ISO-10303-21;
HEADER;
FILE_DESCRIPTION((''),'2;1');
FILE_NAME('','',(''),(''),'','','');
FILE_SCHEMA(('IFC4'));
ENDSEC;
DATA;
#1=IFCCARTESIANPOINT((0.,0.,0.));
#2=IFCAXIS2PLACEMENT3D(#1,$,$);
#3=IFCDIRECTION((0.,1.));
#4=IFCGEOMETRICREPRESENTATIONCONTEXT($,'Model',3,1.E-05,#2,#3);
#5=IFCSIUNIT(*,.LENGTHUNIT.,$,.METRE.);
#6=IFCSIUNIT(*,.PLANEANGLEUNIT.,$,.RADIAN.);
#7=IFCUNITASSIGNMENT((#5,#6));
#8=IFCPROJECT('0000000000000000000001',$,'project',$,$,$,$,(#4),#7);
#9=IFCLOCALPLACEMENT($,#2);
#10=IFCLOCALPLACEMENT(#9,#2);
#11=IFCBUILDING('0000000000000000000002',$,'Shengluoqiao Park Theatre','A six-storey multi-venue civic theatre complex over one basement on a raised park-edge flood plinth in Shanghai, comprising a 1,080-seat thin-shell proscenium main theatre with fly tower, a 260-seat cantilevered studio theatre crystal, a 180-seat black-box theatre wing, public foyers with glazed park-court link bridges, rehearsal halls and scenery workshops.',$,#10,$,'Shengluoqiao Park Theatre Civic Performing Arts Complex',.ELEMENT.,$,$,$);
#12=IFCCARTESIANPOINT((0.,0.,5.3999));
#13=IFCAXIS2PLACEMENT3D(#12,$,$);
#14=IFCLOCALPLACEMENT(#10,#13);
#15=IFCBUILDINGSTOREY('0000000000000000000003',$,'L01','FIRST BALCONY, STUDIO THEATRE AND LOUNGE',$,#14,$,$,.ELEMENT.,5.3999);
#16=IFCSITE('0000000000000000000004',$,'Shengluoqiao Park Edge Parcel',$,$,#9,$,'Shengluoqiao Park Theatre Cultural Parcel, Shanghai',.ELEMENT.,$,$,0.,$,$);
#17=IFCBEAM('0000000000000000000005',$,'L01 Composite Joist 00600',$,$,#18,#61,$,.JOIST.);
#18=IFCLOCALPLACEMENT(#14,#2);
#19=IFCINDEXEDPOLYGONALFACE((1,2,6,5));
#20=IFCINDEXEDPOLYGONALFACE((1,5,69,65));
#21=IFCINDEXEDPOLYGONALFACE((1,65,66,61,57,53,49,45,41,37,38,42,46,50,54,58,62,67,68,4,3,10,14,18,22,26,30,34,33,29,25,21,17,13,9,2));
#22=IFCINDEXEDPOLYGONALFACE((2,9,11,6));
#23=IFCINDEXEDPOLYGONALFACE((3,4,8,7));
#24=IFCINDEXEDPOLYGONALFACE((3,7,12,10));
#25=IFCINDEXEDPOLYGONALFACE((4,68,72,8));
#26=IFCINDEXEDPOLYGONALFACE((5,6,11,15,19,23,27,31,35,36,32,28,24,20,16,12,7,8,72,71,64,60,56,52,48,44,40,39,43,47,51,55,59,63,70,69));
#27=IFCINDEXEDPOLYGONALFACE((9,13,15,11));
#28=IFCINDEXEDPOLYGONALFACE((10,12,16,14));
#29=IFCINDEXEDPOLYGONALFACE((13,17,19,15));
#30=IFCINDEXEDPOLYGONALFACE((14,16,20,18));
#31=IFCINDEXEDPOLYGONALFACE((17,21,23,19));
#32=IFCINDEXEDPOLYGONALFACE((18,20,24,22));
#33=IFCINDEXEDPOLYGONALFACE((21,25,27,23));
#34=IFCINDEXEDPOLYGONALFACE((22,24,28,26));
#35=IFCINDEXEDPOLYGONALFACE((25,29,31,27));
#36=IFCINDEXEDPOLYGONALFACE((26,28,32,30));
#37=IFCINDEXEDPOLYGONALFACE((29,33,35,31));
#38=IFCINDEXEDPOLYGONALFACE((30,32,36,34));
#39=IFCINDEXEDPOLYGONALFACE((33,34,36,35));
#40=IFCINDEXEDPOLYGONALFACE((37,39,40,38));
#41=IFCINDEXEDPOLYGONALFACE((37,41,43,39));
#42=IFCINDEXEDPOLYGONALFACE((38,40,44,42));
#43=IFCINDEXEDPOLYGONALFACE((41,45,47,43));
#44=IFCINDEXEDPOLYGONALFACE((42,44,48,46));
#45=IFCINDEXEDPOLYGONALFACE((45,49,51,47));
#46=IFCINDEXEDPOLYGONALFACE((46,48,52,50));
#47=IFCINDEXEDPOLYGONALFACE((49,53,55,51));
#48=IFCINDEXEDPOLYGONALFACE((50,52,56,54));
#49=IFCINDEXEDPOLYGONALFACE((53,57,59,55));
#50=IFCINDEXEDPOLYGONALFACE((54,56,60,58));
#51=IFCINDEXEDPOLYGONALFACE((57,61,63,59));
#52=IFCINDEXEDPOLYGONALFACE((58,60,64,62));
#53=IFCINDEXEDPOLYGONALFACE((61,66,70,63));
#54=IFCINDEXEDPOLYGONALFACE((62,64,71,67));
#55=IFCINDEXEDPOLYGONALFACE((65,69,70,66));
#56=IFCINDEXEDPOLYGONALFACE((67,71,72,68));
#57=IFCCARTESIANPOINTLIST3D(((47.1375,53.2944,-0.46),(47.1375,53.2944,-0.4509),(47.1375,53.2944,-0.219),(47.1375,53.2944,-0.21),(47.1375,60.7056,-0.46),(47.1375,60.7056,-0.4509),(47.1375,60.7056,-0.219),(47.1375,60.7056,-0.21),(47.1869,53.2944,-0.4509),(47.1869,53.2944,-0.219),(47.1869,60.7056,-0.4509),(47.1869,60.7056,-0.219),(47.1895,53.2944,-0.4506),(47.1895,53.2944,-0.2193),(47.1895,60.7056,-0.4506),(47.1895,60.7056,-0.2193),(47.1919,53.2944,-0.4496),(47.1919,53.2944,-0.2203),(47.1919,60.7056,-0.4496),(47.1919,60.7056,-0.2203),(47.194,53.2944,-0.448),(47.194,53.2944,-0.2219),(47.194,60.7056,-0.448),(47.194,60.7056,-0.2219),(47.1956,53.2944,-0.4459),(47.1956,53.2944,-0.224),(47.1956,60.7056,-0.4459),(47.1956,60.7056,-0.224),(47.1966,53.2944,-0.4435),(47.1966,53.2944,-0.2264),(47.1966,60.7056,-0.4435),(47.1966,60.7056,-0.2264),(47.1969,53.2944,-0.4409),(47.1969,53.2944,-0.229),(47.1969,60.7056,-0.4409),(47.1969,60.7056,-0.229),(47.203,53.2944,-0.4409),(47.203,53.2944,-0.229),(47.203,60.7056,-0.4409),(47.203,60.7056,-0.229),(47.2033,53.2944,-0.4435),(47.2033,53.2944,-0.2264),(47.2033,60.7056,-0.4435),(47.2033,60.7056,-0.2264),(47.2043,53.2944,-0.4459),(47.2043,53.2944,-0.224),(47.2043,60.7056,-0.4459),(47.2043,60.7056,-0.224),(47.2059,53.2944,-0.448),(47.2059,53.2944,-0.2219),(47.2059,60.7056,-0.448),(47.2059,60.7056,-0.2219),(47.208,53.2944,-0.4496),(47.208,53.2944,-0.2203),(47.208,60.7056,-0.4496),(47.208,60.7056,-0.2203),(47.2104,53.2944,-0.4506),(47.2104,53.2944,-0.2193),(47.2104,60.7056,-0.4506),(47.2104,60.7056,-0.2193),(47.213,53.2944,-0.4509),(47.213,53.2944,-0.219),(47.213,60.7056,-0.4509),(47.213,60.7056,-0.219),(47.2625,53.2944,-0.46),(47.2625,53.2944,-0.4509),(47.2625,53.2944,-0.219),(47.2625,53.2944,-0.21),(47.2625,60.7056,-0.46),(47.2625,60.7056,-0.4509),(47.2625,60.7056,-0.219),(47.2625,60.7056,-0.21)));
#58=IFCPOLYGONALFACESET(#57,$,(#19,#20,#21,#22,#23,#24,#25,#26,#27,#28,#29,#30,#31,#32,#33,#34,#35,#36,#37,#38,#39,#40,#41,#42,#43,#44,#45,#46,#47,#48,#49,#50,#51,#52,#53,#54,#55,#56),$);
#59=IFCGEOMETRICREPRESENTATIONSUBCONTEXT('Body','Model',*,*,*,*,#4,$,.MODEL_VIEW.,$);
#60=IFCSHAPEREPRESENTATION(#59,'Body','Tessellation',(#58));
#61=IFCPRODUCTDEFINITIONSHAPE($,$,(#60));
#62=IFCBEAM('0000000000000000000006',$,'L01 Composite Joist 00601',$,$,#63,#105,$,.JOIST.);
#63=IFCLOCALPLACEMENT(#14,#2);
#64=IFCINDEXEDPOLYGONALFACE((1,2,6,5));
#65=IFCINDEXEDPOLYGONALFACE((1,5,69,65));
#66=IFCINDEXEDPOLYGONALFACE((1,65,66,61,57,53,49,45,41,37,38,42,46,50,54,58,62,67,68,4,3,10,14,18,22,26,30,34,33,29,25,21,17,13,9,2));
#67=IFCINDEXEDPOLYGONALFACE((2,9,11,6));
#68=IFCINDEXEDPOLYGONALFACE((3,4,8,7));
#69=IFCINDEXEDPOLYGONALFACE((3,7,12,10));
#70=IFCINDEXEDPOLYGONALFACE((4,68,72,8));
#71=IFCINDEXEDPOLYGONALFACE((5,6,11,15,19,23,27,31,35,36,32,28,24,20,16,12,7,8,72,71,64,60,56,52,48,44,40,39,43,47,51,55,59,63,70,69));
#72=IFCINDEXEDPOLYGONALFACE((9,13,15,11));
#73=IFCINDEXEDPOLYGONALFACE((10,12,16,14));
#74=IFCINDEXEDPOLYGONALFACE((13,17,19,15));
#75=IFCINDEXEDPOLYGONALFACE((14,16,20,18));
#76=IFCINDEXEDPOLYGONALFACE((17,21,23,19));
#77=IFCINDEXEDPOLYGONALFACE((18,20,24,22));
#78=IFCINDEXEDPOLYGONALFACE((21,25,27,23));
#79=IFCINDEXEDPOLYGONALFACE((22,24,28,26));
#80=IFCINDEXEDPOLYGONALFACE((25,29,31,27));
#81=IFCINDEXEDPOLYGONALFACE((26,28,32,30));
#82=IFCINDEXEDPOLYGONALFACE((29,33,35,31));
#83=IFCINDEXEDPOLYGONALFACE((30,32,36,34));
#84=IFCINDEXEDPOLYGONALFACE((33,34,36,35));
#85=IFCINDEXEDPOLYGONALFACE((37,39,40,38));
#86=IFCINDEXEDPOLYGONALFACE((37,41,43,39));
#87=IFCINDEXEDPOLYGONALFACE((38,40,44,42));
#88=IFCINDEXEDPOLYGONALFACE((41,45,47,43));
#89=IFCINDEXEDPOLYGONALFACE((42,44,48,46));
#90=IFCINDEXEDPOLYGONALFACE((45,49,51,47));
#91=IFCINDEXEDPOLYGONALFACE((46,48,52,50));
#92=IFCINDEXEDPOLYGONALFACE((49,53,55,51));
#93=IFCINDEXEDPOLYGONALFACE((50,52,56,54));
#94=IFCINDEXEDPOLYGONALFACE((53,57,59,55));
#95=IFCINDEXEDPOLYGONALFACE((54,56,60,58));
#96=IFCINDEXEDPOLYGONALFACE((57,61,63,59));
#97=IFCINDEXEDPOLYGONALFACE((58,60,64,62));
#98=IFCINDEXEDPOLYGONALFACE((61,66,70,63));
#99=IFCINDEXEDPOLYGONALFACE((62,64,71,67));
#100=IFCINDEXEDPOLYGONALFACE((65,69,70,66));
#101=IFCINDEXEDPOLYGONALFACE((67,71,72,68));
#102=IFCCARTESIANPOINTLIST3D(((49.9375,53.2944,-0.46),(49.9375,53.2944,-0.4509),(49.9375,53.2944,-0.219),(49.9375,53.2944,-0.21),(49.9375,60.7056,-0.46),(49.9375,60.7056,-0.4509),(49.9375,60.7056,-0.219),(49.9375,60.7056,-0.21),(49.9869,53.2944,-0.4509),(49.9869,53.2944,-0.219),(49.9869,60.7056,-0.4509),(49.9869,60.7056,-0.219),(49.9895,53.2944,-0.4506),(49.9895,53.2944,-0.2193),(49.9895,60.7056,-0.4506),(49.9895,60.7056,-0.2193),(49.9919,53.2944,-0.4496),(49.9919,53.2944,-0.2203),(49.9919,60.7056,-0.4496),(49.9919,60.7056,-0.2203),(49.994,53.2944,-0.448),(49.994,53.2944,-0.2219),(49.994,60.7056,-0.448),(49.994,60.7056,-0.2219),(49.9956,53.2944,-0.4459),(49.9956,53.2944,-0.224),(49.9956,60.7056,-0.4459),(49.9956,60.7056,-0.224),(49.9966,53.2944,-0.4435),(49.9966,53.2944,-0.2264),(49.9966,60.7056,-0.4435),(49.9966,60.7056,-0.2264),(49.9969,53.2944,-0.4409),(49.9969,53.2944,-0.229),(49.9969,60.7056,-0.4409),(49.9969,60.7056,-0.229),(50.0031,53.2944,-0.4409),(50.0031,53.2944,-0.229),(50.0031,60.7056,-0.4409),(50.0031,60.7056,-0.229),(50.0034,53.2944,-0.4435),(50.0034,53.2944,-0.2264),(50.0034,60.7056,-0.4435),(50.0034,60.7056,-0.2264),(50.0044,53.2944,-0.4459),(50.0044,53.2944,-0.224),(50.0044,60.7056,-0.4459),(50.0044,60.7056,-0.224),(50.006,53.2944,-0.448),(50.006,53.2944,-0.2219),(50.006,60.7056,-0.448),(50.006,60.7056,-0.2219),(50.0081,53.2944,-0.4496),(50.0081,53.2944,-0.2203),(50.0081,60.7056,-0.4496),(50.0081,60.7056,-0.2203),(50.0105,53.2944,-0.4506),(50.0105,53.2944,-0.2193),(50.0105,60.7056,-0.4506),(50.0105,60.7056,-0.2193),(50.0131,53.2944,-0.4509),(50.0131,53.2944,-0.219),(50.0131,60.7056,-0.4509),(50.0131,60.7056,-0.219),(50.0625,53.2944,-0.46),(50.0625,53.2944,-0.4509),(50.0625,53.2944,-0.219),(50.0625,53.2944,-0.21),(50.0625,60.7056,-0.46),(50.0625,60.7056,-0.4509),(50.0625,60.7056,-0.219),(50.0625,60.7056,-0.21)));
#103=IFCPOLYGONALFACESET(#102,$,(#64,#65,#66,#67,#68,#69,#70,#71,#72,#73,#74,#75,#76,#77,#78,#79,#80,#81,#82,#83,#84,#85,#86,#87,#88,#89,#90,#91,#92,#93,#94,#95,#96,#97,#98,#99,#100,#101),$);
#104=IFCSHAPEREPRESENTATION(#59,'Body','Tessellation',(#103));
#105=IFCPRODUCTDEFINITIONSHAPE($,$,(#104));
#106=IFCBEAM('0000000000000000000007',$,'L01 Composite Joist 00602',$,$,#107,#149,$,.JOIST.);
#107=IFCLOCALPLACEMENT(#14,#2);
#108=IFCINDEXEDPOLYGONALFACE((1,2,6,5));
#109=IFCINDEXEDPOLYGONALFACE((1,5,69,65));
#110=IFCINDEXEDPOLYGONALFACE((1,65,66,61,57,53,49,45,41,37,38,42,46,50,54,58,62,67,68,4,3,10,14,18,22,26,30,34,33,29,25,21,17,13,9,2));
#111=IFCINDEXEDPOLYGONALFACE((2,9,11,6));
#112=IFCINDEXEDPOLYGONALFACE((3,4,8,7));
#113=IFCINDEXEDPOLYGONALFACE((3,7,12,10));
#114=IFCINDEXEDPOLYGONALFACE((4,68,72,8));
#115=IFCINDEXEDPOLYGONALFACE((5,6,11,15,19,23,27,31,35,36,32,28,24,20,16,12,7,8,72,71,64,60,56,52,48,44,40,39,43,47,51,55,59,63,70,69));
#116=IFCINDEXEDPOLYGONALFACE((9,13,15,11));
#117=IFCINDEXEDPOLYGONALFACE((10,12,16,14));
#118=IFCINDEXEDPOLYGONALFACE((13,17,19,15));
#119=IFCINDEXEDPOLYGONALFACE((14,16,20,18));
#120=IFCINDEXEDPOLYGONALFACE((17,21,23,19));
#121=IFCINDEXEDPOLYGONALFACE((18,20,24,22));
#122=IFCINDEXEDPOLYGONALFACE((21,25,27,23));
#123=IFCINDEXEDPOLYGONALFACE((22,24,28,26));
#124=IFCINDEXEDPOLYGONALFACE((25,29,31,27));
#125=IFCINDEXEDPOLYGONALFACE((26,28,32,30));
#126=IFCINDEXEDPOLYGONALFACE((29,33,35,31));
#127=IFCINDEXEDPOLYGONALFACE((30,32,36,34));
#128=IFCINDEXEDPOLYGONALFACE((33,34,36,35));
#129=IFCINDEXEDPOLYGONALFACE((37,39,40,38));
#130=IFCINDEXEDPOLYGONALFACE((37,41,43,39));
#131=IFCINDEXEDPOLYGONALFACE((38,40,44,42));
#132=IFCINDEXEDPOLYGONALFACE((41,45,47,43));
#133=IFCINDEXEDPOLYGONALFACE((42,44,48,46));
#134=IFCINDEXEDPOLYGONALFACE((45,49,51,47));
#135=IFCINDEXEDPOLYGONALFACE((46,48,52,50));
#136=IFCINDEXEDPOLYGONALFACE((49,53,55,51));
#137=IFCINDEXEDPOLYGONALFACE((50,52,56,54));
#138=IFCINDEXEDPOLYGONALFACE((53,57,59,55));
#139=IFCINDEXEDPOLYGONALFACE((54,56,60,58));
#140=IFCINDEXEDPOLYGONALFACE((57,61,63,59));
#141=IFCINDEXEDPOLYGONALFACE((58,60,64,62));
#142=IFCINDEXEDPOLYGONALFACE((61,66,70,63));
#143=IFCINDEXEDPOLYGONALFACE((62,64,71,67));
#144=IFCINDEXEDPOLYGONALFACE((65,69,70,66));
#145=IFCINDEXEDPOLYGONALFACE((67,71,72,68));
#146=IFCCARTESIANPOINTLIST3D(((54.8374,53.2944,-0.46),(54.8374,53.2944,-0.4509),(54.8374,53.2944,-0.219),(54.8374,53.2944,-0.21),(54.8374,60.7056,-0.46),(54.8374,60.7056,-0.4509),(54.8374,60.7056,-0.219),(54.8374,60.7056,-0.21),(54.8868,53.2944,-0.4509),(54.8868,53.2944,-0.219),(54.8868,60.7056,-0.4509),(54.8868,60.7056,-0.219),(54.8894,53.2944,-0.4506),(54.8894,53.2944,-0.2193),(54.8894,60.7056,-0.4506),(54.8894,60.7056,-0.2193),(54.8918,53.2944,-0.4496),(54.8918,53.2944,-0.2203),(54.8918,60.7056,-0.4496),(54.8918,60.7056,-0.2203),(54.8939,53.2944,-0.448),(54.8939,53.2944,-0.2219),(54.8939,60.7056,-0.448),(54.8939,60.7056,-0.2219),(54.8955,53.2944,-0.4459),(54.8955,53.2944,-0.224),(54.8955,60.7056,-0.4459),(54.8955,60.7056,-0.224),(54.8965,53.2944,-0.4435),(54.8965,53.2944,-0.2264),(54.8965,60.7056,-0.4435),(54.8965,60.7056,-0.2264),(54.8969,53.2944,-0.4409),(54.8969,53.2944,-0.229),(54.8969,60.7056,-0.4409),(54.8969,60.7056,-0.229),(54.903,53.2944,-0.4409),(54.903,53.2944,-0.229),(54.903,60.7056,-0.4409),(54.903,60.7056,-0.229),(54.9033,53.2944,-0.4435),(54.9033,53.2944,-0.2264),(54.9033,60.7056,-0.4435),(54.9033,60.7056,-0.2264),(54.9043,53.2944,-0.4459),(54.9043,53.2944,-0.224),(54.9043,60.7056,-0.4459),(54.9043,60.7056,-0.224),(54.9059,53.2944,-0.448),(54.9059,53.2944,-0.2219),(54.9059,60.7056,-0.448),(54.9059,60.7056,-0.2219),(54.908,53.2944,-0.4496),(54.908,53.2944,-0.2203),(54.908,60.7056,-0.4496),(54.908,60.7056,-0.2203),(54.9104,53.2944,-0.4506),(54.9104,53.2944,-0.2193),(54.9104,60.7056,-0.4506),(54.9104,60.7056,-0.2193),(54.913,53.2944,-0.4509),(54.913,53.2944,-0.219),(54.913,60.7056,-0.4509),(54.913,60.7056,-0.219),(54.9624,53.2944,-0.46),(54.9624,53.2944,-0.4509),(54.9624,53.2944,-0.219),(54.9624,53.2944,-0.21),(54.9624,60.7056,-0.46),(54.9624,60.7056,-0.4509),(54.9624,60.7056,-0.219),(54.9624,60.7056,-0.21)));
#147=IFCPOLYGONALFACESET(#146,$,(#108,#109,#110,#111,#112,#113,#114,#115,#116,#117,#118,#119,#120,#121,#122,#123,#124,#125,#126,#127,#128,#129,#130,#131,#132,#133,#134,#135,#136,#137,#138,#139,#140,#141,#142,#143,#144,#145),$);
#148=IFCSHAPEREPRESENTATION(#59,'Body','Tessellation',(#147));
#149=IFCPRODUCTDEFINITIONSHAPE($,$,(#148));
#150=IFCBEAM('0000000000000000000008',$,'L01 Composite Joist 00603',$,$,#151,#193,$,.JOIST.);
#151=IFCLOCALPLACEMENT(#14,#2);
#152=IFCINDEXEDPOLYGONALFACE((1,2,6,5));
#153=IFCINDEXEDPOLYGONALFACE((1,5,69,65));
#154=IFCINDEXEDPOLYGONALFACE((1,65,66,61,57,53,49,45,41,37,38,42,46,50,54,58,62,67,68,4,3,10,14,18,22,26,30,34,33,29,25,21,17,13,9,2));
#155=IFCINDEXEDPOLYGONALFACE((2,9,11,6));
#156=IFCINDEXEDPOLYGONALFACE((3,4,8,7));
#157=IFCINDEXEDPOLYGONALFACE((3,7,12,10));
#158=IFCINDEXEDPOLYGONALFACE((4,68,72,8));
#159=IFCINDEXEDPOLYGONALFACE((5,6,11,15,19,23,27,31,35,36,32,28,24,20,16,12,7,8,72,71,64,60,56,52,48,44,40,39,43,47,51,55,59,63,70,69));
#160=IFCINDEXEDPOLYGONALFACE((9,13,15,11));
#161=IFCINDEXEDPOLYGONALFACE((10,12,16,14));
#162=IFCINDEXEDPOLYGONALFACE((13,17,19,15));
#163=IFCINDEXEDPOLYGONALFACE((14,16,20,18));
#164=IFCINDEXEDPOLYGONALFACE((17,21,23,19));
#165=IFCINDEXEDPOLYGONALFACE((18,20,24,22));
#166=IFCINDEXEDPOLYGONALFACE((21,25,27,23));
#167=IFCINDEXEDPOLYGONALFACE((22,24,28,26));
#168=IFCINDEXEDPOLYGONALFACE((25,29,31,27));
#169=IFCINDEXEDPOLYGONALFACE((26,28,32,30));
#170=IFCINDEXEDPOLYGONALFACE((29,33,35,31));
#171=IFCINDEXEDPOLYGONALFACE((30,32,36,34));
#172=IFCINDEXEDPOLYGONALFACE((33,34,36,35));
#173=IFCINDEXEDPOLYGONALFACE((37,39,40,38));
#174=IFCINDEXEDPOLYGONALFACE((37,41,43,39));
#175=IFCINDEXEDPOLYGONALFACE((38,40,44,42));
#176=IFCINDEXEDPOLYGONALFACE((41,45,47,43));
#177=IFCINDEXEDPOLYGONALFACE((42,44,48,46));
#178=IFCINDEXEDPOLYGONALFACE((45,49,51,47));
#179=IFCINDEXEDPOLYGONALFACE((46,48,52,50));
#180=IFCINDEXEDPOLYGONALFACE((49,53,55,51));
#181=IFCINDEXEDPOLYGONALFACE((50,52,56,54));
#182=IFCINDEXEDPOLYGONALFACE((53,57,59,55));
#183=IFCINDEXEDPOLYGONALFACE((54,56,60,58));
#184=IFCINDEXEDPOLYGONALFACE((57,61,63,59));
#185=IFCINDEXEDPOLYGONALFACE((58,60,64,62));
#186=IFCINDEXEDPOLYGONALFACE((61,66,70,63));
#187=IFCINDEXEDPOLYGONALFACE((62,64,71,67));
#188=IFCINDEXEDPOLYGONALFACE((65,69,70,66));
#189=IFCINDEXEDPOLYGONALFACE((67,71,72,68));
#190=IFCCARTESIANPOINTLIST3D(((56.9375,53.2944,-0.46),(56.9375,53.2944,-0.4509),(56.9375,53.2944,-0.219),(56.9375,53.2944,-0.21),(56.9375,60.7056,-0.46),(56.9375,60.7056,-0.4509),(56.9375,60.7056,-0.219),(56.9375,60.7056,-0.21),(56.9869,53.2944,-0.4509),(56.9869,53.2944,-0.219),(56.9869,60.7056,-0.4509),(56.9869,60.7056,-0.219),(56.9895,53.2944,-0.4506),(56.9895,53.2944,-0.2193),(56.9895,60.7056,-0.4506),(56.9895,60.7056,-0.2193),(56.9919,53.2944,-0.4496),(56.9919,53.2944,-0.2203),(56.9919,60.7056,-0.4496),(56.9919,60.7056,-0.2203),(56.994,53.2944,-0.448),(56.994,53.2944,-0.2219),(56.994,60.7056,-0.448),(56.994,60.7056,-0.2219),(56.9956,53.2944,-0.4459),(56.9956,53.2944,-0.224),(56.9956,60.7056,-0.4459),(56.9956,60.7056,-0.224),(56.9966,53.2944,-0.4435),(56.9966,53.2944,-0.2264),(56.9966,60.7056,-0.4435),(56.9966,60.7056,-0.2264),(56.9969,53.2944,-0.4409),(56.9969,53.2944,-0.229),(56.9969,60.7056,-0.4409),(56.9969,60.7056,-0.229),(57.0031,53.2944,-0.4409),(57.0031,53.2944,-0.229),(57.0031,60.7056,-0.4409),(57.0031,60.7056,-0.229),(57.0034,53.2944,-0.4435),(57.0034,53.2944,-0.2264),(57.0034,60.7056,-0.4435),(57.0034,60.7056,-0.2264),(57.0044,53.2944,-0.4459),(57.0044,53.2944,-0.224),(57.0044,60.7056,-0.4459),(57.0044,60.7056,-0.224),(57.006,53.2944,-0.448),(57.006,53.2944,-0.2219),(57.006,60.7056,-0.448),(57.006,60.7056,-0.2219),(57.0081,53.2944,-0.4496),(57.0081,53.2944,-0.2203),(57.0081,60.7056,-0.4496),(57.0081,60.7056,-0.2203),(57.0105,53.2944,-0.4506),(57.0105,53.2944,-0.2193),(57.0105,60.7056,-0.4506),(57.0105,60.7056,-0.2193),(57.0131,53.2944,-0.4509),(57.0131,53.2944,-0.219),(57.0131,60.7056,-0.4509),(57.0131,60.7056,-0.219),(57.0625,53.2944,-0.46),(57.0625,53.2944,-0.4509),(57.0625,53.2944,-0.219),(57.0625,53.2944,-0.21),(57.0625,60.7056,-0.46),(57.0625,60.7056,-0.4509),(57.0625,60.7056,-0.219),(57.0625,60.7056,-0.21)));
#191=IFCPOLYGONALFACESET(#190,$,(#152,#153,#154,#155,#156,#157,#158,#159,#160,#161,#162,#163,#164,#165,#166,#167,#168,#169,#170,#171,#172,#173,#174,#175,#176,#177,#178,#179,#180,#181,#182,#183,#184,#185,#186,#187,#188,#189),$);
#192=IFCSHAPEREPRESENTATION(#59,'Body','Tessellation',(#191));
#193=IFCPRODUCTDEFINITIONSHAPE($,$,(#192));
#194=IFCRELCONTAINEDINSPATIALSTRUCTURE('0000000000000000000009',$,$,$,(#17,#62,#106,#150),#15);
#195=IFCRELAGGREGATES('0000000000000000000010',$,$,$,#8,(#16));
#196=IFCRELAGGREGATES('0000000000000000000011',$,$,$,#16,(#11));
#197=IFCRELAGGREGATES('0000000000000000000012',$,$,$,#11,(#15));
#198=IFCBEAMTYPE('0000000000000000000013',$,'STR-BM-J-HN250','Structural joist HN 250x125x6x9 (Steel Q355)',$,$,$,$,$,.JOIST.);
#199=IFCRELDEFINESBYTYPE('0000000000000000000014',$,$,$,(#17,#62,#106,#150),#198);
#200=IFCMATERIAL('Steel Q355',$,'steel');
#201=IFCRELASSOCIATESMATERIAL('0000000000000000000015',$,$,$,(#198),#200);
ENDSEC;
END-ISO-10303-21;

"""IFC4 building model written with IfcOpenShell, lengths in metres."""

from ifc_helpers import new_model, si_unit, direction, frame, origin, origin_2d, place, context, subcontext, project, spatial, i_section, extrude, material, material_profile, profile_set, type_object, element, save


model = new_model("IFC4")

# Units and contexts
model_context = context("Model", 3, precision=1e-05, world=origin(), true_north=direction((0.0, 1.0)))
body_context = subcontext(model_context, "Body", "Model", "MODEL_VIEW")
ifc_project = project(units=[si_unit("LENGTHUNIT", "METRE"), si_unit("PLANEANGLEUNIT", "RADIAN")], contexts=[model_context])

# Site, building, storey
site_placement = place(None, origin())
site = spatial("IfcSite", under=ifc_project, at=site_placement, Name="Shengluoqiao Park Edge Parcel", LongName="Shengluoqiao Park Theatre Cultural Parcel, Shanghai", CompositionType="ELEMENT", RefElevation=0.0)
building_placement = place(site_placement, origin())
building = spatial("IfcBuilding", under=site, at=building_placement, Name="Shengluoqiao Park Theatre", Description="A six-storey multi-venue civic theatre complex over one basement on a raised park-edge flood plinth in Shanghai, comprising a 1,080-seat thin-shell proscenium main theatre with fly tower, a 260-seat cantilevered studio theatre crystal, a 180-seat black-box theatre wing, public foyers with glazed park-court link bridges, rehearsal halls and scenery workshops.", LongName="Shengluoqiao Park Theatre Civic Performing Arts Complex", CompositionType="ELEMENT")
storey_placement = place(building_placement, frame((0.0, 0.0, 5.3999)))
storey = spatial("IfcBuildingStorey", under=building, at=storey_placement, Name="L01", Description="FIRST BALCONY, STUDIO THEATRE AND LOUNGE", CompositionType="ELEMENT", Elevation=5.3999)

# Shared definitions
ifc_material_1 = material(Name="Steel Q355", Category="steel")

# Beams
ifc_material_profile_1 = material_profile(ifc_material_1, i_section(OverallWidth=0.125, OverallDepth=0.25, WebThickness=0.0061, FlangeThickness=0.009, FilletRadius=0.01, at=origin_2d()), Name="HN 250x125x6x9")
ifc_profile_set_1 = profile_set([ifc_material_profile_1], Name="Steel Q355")
beam_type_1 = type_object("IfcBeamType", Name="STR-BM-J-HN250", Description="Structural joist HN 250x125x6x9 (Steel Q355)", PredefinedType="JOIST", material=ifc_profile_set_1)
for number, where, z_axis, x_axis, name in (
    (1, (47.2, 53.2944, -0.335), (0.0, 1.0, 0.0), (-1.0, 0.0, 0.0), "L01 Composite Joist 00600"),
    (2, (50.0, 53.2944, -0.335), (0.0, 1.0, 0.0), (-1.0, 0.0, 0.0), "L01 Composite Joist 00601"),
    (3, (54.8999, 53.2944, -0.335), (0.0, 1.0, 0.0), (-1.0, 0.0, 0.0), "L01 Composite Joist 00602"),
    (4, (57.0, 53.2944, -0.335), (0.0, 1.0, 0.0), (-1.0, 0.0, 0.0), "L01 Composite Joist 00603"),
):
    element("IfcBeam", number, at=place(storey_placement, frame(where, z_axis=z_axis, x_axis=x_axis)), inside=storey, type_object=beam_type_1, Name=name, PredefinedType="JOIST", context=body_context, shape_type="SweptSolid", body=[
        extrude(i_section(OverallWidth=0.125, OverallDepth=0.25, WebThickness=0.0061, FlangeThickness=0.009, FilletRadius=0.01, at=origin_2d()), origin(), (0.0, 0.0, 1.0), 7.4111),
    ])

save(model, "model.ifc")
